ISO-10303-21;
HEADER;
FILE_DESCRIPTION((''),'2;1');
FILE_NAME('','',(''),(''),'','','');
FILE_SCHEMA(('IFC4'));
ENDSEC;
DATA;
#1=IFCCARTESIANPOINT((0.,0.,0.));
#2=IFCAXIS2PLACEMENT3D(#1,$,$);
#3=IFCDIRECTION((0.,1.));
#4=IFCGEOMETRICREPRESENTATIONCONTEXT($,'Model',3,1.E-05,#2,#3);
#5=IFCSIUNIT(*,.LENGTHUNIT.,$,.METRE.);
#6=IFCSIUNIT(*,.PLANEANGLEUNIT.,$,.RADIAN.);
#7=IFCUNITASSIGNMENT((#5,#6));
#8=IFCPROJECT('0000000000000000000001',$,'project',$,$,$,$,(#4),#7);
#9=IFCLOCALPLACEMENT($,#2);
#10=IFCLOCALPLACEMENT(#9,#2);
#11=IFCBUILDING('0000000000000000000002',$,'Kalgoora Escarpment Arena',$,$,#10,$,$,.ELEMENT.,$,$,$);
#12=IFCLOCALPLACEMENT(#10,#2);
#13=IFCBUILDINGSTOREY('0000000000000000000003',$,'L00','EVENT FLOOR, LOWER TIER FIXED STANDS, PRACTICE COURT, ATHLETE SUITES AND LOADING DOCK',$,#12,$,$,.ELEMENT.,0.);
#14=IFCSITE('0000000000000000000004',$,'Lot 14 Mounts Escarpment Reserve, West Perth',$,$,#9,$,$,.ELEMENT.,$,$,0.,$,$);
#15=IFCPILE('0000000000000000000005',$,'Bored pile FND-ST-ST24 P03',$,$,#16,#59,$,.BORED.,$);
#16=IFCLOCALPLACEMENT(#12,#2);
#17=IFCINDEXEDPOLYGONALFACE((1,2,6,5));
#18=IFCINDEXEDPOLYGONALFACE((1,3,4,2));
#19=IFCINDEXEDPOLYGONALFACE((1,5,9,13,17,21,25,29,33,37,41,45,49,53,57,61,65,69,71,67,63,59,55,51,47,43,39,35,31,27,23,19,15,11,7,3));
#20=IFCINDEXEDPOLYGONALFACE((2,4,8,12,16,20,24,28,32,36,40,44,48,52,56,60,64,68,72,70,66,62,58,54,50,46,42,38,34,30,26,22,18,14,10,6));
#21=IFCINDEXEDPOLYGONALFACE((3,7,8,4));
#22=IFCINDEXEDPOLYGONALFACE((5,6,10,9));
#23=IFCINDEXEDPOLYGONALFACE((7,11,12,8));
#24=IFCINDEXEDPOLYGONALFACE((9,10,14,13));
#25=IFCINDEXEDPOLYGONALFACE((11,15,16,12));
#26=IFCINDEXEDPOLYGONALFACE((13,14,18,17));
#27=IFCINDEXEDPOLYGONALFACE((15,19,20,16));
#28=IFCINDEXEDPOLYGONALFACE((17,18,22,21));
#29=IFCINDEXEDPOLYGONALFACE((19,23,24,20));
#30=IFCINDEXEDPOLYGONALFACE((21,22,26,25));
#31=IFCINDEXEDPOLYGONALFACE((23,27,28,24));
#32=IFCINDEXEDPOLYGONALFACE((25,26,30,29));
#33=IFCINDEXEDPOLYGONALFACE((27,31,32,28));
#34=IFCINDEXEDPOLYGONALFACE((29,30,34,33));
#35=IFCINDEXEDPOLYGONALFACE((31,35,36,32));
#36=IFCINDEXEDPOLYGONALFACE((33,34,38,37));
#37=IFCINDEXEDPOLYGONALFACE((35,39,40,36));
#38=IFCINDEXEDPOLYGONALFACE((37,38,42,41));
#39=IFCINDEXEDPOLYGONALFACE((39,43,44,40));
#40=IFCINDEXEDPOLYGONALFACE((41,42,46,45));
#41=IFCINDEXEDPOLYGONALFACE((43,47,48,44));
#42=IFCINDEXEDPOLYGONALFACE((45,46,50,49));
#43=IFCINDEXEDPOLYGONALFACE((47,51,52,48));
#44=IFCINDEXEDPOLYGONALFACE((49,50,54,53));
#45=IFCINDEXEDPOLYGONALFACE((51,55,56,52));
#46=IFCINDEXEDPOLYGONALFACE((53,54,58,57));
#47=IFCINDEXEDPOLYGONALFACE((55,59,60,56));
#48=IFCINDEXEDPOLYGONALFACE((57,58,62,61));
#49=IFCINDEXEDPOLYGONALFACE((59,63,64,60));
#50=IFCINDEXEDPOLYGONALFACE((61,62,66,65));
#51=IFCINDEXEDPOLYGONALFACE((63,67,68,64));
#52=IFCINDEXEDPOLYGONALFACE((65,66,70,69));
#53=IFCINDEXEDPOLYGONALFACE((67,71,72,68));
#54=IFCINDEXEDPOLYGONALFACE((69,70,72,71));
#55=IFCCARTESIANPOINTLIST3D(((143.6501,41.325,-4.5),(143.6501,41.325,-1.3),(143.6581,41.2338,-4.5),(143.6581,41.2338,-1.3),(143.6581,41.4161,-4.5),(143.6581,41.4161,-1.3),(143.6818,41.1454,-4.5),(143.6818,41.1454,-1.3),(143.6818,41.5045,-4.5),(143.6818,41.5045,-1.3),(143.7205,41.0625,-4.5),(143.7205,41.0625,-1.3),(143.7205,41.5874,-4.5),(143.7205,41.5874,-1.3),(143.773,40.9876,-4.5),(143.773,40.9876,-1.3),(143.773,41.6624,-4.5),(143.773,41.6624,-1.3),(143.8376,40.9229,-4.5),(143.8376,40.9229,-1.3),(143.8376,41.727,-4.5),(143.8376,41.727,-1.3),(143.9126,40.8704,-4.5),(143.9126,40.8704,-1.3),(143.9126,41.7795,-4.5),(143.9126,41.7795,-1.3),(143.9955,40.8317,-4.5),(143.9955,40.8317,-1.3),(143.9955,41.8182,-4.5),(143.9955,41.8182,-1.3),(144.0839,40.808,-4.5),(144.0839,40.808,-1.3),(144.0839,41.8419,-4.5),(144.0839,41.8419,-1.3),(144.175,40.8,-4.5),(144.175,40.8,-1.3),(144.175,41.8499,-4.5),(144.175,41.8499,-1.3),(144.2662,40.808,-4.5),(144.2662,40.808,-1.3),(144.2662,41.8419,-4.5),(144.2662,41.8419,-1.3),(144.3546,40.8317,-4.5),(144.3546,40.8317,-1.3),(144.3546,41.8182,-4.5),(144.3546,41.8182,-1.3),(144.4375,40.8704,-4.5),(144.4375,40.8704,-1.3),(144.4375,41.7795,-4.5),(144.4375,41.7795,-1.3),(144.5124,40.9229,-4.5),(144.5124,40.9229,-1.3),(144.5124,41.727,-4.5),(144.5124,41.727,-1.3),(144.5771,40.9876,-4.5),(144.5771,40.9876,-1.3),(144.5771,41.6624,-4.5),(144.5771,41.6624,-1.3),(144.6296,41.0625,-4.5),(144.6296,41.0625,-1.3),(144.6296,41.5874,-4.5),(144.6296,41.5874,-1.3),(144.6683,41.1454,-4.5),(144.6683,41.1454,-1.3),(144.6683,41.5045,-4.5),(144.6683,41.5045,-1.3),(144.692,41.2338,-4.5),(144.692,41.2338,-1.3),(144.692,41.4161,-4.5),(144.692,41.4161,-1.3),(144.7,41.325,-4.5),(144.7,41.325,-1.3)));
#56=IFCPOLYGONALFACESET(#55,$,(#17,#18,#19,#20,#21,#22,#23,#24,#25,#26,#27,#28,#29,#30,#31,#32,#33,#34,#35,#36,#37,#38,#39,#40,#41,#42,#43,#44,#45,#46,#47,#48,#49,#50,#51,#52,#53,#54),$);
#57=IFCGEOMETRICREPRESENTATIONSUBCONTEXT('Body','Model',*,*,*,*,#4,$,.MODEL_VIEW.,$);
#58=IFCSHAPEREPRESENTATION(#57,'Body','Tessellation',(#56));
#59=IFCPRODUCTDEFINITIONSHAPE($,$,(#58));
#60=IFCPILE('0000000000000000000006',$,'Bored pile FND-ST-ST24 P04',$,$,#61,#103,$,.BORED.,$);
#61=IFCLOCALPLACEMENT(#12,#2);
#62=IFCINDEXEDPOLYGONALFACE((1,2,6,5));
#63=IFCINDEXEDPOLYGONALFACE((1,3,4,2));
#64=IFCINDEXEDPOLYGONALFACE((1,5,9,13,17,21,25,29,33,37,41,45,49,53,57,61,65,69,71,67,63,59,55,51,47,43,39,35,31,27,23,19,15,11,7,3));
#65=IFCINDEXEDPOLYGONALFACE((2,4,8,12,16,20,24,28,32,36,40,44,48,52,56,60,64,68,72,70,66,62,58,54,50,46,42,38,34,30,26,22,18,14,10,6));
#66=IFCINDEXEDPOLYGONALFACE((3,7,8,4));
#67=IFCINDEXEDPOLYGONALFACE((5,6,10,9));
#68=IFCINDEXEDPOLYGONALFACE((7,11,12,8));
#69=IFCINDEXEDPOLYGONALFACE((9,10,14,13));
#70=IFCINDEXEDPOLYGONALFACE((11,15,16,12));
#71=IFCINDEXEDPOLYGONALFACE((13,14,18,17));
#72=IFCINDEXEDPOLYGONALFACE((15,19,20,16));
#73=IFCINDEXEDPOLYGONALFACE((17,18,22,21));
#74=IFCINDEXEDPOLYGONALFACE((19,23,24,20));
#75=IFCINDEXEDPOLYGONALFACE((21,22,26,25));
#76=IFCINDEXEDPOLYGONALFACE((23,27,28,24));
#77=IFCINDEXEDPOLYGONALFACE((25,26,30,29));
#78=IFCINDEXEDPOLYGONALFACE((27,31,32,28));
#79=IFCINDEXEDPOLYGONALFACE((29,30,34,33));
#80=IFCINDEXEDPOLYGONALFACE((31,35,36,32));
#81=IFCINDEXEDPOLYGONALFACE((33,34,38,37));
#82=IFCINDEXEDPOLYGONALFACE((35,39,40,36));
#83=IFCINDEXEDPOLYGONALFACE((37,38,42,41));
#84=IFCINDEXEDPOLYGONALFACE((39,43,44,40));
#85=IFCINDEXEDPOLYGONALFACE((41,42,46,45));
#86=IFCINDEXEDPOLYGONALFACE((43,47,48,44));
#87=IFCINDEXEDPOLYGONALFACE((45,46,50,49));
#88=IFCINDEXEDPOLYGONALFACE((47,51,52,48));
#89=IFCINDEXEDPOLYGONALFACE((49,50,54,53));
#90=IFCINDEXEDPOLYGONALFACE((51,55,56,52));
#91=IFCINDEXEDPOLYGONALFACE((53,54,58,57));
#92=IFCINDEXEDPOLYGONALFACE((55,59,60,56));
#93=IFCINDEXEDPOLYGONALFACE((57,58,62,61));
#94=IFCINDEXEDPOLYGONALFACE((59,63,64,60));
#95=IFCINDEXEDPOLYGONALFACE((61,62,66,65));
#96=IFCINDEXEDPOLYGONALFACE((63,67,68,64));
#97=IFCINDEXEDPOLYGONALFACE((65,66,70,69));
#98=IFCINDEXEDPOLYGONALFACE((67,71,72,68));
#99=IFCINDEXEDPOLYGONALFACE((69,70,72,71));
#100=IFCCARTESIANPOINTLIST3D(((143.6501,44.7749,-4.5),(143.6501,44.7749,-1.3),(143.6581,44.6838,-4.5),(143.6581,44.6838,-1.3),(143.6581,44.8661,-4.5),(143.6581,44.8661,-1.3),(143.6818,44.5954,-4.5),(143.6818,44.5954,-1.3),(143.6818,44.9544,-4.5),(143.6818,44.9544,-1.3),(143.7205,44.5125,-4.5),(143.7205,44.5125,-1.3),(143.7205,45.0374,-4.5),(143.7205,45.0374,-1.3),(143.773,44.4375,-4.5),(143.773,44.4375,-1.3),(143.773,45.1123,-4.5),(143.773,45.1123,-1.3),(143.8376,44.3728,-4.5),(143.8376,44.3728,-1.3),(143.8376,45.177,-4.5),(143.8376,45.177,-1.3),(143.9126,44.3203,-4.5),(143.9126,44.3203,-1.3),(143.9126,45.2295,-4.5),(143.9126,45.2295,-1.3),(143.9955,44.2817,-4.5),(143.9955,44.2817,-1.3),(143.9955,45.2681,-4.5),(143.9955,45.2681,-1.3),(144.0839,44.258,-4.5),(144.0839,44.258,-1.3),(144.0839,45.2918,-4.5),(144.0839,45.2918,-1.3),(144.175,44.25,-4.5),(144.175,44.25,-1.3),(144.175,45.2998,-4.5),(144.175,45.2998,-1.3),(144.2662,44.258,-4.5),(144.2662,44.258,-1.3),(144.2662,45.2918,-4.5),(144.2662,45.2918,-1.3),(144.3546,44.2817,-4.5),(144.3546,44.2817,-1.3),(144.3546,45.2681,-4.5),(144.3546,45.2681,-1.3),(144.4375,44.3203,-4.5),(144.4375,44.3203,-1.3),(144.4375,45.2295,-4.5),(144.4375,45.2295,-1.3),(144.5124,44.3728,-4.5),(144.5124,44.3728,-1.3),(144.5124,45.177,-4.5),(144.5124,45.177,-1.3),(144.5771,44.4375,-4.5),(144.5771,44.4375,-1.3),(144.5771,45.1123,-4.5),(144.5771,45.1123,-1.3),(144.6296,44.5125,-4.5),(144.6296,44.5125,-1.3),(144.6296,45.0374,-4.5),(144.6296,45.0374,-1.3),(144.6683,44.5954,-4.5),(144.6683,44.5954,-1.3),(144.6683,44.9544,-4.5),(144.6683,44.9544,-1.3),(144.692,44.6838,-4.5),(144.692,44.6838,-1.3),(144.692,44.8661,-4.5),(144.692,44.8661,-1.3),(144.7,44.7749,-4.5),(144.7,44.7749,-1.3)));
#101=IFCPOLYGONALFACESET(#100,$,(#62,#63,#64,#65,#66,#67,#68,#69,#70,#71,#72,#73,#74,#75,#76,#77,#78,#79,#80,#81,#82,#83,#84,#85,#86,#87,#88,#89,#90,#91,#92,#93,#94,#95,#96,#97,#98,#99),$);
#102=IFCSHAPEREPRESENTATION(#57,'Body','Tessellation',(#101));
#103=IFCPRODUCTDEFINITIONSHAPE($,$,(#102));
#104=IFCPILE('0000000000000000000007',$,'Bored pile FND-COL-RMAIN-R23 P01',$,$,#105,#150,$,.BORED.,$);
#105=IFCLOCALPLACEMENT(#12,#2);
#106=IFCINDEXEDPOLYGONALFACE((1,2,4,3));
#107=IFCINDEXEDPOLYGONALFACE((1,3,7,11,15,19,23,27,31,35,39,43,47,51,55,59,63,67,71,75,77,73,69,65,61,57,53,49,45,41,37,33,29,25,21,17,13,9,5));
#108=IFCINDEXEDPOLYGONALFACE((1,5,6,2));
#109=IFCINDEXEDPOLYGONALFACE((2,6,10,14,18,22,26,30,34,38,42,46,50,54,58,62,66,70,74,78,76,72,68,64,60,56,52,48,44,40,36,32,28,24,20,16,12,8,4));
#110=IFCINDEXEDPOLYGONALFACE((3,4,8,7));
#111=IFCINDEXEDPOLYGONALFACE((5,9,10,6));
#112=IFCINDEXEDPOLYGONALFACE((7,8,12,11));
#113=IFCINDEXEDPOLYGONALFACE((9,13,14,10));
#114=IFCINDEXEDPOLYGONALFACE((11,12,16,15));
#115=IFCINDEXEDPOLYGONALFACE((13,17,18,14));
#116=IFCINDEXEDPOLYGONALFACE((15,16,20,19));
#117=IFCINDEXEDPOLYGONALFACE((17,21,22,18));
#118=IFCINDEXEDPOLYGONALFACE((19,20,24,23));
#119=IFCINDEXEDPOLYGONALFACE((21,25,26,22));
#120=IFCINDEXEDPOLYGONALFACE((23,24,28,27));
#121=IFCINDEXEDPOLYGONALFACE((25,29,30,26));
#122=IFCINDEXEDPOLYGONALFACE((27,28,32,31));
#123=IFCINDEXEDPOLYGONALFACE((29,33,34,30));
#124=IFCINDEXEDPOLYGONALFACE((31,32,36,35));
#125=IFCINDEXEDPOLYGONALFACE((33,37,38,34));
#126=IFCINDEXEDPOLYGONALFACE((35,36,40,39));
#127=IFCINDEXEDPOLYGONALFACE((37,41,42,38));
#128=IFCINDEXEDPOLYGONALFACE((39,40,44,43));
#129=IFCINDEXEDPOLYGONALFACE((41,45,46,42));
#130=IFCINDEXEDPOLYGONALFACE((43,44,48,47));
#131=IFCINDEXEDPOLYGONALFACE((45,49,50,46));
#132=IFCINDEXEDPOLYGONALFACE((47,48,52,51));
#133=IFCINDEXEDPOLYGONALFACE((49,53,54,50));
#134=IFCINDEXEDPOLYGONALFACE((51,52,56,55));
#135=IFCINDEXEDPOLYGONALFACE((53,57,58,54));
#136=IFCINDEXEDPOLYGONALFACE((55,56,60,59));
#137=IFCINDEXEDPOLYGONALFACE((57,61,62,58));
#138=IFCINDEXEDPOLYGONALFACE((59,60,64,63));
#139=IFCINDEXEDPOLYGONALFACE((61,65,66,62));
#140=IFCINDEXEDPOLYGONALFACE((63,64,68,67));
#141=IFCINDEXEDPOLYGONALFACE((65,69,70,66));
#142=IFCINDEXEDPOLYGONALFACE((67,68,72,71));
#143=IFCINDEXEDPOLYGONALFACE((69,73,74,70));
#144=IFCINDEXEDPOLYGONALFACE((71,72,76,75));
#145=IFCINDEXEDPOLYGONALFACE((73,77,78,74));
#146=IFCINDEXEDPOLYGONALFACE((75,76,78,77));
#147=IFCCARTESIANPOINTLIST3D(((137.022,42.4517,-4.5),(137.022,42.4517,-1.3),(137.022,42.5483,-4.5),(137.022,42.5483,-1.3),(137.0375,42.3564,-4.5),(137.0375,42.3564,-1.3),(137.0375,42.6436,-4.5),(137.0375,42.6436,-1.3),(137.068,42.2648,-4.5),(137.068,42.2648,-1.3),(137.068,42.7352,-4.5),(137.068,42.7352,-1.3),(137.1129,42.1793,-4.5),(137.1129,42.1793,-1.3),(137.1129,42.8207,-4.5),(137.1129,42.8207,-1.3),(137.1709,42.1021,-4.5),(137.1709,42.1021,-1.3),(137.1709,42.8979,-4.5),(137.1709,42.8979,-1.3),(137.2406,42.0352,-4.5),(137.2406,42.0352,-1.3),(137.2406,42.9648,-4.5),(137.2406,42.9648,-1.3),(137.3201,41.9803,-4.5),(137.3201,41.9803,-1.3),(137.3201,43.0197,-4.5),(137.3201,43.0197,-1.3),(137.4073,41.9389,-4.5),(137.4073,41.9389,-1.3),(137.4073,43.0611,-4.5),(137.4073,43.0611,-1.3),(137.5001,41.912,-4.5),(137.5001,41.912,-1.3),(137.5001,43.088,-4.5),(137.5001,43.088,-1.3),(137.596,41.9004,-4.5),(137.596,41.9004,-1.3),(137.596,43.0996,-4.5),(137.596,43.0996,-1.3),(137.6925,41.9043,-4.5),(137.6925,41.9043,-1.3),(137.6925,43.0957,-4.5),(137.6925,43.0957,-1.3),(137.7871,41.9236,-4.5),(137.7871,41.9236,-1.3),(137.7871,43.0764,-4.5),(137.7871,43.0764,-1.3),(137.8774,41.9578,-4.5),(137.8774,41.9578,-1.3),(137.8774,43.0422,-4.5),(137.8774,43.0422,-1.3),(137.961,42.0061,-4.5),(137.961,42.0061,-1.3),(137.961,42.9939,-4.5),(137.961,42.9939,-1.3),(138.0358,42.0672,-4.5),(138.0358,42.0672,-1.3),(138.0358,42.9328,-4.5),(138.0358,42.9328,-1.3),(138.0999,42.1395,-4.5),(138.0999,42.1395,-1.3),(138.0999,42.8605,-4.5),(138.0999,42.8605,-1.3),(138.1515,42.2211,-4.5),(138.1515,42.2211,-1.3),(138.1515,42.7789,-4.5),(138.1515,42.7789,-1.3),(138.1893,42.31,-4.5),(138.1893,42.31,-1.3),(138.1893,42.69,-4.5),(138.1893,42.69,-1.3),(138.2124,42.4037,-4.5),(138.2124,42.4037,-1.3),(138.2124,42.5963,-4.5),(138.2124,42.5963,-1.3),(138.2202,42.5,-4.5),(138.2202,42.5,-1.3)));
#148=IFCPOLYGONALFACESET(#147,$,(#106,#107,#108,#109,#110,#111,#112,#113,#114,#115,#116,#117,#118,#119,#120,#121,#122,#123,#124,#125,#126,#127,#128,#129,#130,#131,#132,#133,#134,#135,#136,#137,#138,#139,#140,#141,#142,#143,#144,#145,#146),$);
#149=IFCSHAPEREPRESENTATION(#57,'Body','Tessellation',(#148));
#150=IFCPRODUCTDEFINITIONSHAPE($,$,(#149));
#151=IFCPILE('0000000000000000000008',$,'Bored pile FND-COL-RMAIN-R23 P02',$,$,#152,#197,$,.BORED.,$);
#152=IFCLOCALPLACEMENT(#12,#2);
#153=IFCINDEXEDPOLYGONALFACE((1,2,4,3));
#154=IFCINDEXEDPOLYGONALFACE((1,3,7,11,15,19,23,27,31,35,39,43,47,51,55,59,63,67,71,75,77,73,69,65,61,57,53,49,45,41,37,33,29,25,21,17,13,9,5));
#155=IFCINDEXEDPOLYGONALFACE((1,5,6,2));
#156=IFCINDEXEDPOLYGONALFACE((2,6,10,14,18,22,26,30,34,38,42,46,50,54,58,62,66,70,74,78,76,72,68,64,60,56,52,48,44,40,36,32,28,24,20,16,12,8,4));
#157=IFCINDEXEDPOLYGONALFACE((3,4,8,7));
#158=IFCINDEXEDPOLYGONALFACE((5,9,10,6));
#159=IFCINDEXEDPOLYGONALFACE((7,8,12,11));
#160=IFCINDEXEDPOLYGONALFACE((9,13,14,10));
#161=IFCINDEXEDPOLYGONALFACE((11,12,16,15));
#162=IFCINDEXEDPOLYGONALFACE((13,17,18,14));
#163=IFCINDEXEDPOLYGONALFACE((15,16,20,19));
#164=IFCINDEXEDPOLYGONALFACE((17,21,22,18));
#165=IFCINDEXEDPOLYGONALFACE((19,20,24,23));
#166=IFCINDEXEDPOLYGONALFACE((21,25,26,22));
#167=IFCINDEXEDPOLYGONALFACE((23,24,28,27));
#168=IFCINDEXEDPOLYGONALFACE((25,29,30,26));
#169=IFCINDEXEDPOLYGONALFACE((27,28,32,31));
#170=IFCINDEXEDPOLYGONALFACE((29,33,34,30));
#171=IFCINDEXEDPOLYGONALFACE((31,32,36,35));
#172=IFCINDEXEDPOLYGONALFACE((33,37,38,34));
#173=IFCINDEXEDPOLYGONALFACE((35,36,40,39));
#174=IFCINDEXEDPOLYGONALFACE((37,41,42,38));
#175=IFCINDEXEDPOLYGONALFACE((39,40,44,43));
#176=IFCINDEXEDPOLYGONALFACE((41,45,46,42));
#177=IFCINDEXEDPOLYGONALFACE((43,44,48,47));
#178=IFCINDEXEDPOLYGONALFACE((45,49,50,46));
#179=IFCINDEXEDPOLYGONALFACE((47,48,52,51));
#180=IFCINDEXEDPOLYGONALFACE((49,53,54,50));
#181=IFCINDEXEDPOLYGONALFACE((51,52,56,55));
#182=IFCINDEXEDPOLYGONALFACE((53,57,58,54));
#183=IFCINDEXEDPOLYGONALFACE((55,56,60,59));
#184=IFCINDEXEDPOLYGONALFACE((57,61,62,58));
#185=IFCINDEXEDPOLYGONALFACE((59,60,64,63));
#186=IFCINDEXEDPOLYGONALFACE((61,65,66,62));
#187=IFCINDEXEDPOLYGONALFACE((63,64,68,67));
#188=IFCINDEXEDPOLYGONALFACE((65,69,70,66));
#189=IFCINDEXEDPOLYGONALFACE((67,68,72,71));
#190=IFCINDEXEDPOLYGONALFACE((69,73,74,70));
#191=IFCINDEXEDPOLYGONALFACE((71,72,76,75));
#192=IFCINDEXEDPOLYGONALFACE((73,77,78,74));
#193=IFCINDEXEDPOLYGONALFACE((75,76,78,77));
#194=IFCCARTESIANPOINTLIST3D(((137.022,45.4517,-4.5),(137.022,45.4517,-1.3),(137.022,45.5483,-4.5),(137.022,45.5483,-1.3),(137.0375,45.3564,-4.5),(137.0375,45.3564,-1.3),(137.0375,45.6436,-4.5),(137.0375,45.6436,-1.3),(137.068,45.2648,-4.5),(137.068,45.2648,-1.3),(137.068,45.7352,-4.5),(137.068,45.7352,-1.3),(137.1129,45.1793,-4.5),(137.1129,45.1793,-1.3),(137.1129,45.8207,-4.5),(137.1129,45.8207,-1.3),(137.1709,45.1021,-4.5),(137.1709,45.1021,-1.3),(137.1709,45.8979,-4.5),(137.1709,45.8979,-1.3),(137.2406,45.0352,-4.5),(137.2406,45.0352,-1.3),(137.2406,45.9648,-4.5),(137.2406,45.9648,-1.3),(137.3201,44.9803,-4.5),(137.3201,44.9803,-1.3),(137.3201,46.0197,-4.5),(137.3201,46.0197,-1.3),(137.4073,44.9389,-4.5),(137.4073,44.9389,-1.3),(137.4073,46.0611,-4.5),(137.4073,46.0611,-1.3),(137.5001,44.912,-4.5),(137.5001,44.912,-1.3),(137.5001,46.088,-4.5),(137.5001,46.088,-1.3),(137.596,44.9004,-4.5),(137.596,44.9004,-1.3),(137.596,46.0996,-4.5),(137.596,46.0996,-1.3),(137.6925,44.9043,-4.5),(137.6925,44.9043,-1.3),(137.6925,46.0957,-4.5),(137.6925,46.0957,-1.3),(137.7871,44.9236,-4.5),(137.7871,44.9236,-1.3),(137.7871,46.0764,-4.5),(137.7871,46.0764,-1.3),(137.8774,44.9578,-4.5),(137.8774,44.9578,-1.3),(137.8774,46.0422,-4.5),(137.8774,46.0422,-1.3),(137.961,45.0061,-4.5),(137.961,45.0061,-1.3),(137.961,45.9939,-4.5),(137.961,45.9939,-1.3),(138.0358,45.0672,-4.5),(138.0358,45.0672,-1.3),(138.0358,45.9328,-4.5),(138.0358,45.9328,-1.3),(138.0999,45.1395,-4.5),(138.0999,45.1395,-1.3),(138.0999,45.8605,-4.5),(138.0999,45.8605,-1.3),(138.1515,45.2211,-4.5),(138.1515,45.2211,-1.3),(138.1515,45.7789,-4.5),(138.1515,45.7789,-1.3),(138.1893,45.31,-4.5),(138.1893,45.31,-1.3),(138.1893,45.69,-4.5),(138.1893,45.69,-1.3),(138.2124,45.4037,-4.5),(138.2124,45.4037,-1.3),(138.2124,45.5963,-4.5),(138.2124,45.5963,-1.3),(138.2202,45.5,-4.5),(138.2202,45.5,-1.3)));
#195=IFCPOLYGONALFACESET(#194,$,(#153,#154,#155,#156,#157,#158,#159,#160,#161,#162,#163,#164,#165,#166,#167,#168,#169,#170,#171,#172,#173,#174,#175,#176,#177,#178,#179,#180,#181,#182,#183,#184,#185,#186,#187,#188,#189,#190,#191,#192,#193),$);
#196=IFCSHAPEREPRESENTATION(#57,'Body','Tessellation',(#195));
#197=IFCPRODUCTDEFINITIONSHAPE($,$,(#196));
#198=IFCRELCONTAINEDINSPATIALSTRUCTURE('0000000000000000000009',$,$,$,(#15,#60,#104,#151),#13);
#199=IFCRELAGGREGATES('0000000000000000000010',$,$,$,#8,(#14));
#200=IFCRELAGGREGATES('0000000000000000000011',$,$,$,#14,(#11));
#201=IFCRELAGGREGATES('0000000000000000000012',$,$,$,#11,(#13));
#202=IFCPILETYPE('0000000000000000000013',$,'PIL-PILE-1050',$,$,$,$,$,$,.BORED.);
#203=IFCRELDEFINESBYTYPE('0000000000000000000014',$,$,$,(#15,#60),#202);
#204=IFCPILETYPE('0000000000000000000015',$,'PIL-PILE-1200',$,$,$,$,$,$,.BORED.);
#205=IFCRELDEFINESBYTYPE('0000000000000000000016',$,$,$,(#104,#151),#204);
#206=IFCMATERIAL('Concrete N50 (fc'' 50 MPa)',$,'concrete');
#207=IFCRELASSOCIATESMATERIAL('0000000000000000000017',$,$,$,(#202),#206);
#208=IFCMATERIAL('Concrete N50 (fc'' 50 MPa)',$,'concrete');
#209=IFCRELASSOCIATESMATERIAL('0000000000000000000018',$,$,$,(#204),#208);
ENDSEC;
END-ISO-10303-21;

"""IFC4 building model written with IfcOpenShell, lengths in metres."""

from ifc_helpers import new_model, si_unit, direction, frame, origin, origin_2d, place, context, subcontext, project, spatial, circle, extrude, material, material_profile, profile_set, type_object, element, save


model = new_model("IFC4")

# Units and contexts
model_context = context("Model", 3, precision=1e-05, world=origin(), true_north=direction((0.0, 1.0)))
body_context = subcontext(model_context, "Body", "Model", "MODEL_VIEW")
ifc_project = project(units=[si_unit("LENGTHUNIT", "METRE"), si_unit("PLANEANGLEUNIT", "RADIAN")], contexts=[model_context])

# Site, building, storey
site_placement = place(None, origin())
site = spatial("IfcSite", under=ifc_project, at=site_placement, Name="Lot 14 Mounts Escarpment Reserve, West Perth", CompositionType="ELEMENT", RefElevation=0.0)
building_placement = place(site_placement, origin())
building = spatial("IfcBuilding", under=site, at=building_placement, Name="Kalgoora Escarpment Arena", CompositionType="ELEMENT")
storey_placement = place(building_placement, origin())
storey = spatial("IfcBuildingStorey", under=building, at=storey_placement, Name="L00", Description="EVENT FLOOR, LOWER TIER FIXED STANDS, PRACTICE COURT, ATHLETE SUITES AND LOADING DOCK", CompositionType="ELEMENT", Elevation=0.0)

# Piles
ifc_material_1 = material(Name="Concrete N50 (fc' 50 MPa)", Category="concrete")
ifc_material_profile_1 = material_profile(ifc_material_1, circle(Radius=0.5249, at=origin_2d()))
ifc_profile_set_1 = profile_set([ifc_material_profile_1], Name="Concrete N50 (fc' 50 MPa)")
pile_type_1 = type_object("IfcPileType", Name="PIL-PILE-1050", PredefinedType="BORED", material=ifc_profile_set_1)
for number, where, z_axis, x_axis, name in (
    (1, (144.175, 41.325, -1.3), (0.0, 0.0, -1.0), (1.0, 0.0, 0.0), "Bored pile FND-ST-ST24 P03"),
    (2, (144.175, 44.7749, -1.3), (0.0, 0.0, -1.0), (1.0, 0.0, 0.0), "Bored pile FND-ST-ST24 P04"),
):
    element("IfcPile", number, at=place(storey_placement, frame(where, z_axis=z_axis, x_axis=x_axis)), inside=storey, type_object=pile_type_1, Name=name, PredefinedType="BORED", context=body_context, shape_type="SweptSolid", body=[
        extrude(circle(Radius=0.5249, at=origin_2d()), origin(), (0.0, 0.0, 1.0), 3.2),
    ])
ifc_material_2 = material(Name="Concrete N50 (fc' 50 MPa)", Category="concrete")
ifc_material_profile_2 = material_profile(ifc_material_2, circle(Radius=0.6001, at=origin_2d()))
ifc_profile_set_2 = profile_set([ifc_material_profile_2], Name="Concrete N50 (fc' 50 MPa)")
pile_type_2 = type_object("IfcPileType", Name="PIL-PILE-1200", PredefinedType="BORED", material=ifc_profile_set_2)
for number, where, z_axis, x_axis, name in (
    (3, (137.6201, 42.5, -1.3), (0.0, 0.0, -1.0), (1.0, 0.0, 0.0), "Bored pile FND-COL-RMAIN-R23 P01"),
    (4, (137.6201, 45.5, -1.3), (0.0, 0.0, -1.0), (1.0, 0.0, 0.0), "Bored pile FND-COL-RMAIN-R23 P02"),
):
    element("IfcPile", number, at=place(storey_placement, frame(where, z_axis=z_axis, x_axis=x_axis)), inside=storey, type_object=pile_type_2, Name=name, PredefinedType="BORED", context=body_context, shape_type="SweptSolid", body=[
        extrude(circle(Radius=0.6001, at=origin_2d()), origin(), (0.0, 0.0, 1.0), 3.2),
    ])

save(model, "model.ifc")
